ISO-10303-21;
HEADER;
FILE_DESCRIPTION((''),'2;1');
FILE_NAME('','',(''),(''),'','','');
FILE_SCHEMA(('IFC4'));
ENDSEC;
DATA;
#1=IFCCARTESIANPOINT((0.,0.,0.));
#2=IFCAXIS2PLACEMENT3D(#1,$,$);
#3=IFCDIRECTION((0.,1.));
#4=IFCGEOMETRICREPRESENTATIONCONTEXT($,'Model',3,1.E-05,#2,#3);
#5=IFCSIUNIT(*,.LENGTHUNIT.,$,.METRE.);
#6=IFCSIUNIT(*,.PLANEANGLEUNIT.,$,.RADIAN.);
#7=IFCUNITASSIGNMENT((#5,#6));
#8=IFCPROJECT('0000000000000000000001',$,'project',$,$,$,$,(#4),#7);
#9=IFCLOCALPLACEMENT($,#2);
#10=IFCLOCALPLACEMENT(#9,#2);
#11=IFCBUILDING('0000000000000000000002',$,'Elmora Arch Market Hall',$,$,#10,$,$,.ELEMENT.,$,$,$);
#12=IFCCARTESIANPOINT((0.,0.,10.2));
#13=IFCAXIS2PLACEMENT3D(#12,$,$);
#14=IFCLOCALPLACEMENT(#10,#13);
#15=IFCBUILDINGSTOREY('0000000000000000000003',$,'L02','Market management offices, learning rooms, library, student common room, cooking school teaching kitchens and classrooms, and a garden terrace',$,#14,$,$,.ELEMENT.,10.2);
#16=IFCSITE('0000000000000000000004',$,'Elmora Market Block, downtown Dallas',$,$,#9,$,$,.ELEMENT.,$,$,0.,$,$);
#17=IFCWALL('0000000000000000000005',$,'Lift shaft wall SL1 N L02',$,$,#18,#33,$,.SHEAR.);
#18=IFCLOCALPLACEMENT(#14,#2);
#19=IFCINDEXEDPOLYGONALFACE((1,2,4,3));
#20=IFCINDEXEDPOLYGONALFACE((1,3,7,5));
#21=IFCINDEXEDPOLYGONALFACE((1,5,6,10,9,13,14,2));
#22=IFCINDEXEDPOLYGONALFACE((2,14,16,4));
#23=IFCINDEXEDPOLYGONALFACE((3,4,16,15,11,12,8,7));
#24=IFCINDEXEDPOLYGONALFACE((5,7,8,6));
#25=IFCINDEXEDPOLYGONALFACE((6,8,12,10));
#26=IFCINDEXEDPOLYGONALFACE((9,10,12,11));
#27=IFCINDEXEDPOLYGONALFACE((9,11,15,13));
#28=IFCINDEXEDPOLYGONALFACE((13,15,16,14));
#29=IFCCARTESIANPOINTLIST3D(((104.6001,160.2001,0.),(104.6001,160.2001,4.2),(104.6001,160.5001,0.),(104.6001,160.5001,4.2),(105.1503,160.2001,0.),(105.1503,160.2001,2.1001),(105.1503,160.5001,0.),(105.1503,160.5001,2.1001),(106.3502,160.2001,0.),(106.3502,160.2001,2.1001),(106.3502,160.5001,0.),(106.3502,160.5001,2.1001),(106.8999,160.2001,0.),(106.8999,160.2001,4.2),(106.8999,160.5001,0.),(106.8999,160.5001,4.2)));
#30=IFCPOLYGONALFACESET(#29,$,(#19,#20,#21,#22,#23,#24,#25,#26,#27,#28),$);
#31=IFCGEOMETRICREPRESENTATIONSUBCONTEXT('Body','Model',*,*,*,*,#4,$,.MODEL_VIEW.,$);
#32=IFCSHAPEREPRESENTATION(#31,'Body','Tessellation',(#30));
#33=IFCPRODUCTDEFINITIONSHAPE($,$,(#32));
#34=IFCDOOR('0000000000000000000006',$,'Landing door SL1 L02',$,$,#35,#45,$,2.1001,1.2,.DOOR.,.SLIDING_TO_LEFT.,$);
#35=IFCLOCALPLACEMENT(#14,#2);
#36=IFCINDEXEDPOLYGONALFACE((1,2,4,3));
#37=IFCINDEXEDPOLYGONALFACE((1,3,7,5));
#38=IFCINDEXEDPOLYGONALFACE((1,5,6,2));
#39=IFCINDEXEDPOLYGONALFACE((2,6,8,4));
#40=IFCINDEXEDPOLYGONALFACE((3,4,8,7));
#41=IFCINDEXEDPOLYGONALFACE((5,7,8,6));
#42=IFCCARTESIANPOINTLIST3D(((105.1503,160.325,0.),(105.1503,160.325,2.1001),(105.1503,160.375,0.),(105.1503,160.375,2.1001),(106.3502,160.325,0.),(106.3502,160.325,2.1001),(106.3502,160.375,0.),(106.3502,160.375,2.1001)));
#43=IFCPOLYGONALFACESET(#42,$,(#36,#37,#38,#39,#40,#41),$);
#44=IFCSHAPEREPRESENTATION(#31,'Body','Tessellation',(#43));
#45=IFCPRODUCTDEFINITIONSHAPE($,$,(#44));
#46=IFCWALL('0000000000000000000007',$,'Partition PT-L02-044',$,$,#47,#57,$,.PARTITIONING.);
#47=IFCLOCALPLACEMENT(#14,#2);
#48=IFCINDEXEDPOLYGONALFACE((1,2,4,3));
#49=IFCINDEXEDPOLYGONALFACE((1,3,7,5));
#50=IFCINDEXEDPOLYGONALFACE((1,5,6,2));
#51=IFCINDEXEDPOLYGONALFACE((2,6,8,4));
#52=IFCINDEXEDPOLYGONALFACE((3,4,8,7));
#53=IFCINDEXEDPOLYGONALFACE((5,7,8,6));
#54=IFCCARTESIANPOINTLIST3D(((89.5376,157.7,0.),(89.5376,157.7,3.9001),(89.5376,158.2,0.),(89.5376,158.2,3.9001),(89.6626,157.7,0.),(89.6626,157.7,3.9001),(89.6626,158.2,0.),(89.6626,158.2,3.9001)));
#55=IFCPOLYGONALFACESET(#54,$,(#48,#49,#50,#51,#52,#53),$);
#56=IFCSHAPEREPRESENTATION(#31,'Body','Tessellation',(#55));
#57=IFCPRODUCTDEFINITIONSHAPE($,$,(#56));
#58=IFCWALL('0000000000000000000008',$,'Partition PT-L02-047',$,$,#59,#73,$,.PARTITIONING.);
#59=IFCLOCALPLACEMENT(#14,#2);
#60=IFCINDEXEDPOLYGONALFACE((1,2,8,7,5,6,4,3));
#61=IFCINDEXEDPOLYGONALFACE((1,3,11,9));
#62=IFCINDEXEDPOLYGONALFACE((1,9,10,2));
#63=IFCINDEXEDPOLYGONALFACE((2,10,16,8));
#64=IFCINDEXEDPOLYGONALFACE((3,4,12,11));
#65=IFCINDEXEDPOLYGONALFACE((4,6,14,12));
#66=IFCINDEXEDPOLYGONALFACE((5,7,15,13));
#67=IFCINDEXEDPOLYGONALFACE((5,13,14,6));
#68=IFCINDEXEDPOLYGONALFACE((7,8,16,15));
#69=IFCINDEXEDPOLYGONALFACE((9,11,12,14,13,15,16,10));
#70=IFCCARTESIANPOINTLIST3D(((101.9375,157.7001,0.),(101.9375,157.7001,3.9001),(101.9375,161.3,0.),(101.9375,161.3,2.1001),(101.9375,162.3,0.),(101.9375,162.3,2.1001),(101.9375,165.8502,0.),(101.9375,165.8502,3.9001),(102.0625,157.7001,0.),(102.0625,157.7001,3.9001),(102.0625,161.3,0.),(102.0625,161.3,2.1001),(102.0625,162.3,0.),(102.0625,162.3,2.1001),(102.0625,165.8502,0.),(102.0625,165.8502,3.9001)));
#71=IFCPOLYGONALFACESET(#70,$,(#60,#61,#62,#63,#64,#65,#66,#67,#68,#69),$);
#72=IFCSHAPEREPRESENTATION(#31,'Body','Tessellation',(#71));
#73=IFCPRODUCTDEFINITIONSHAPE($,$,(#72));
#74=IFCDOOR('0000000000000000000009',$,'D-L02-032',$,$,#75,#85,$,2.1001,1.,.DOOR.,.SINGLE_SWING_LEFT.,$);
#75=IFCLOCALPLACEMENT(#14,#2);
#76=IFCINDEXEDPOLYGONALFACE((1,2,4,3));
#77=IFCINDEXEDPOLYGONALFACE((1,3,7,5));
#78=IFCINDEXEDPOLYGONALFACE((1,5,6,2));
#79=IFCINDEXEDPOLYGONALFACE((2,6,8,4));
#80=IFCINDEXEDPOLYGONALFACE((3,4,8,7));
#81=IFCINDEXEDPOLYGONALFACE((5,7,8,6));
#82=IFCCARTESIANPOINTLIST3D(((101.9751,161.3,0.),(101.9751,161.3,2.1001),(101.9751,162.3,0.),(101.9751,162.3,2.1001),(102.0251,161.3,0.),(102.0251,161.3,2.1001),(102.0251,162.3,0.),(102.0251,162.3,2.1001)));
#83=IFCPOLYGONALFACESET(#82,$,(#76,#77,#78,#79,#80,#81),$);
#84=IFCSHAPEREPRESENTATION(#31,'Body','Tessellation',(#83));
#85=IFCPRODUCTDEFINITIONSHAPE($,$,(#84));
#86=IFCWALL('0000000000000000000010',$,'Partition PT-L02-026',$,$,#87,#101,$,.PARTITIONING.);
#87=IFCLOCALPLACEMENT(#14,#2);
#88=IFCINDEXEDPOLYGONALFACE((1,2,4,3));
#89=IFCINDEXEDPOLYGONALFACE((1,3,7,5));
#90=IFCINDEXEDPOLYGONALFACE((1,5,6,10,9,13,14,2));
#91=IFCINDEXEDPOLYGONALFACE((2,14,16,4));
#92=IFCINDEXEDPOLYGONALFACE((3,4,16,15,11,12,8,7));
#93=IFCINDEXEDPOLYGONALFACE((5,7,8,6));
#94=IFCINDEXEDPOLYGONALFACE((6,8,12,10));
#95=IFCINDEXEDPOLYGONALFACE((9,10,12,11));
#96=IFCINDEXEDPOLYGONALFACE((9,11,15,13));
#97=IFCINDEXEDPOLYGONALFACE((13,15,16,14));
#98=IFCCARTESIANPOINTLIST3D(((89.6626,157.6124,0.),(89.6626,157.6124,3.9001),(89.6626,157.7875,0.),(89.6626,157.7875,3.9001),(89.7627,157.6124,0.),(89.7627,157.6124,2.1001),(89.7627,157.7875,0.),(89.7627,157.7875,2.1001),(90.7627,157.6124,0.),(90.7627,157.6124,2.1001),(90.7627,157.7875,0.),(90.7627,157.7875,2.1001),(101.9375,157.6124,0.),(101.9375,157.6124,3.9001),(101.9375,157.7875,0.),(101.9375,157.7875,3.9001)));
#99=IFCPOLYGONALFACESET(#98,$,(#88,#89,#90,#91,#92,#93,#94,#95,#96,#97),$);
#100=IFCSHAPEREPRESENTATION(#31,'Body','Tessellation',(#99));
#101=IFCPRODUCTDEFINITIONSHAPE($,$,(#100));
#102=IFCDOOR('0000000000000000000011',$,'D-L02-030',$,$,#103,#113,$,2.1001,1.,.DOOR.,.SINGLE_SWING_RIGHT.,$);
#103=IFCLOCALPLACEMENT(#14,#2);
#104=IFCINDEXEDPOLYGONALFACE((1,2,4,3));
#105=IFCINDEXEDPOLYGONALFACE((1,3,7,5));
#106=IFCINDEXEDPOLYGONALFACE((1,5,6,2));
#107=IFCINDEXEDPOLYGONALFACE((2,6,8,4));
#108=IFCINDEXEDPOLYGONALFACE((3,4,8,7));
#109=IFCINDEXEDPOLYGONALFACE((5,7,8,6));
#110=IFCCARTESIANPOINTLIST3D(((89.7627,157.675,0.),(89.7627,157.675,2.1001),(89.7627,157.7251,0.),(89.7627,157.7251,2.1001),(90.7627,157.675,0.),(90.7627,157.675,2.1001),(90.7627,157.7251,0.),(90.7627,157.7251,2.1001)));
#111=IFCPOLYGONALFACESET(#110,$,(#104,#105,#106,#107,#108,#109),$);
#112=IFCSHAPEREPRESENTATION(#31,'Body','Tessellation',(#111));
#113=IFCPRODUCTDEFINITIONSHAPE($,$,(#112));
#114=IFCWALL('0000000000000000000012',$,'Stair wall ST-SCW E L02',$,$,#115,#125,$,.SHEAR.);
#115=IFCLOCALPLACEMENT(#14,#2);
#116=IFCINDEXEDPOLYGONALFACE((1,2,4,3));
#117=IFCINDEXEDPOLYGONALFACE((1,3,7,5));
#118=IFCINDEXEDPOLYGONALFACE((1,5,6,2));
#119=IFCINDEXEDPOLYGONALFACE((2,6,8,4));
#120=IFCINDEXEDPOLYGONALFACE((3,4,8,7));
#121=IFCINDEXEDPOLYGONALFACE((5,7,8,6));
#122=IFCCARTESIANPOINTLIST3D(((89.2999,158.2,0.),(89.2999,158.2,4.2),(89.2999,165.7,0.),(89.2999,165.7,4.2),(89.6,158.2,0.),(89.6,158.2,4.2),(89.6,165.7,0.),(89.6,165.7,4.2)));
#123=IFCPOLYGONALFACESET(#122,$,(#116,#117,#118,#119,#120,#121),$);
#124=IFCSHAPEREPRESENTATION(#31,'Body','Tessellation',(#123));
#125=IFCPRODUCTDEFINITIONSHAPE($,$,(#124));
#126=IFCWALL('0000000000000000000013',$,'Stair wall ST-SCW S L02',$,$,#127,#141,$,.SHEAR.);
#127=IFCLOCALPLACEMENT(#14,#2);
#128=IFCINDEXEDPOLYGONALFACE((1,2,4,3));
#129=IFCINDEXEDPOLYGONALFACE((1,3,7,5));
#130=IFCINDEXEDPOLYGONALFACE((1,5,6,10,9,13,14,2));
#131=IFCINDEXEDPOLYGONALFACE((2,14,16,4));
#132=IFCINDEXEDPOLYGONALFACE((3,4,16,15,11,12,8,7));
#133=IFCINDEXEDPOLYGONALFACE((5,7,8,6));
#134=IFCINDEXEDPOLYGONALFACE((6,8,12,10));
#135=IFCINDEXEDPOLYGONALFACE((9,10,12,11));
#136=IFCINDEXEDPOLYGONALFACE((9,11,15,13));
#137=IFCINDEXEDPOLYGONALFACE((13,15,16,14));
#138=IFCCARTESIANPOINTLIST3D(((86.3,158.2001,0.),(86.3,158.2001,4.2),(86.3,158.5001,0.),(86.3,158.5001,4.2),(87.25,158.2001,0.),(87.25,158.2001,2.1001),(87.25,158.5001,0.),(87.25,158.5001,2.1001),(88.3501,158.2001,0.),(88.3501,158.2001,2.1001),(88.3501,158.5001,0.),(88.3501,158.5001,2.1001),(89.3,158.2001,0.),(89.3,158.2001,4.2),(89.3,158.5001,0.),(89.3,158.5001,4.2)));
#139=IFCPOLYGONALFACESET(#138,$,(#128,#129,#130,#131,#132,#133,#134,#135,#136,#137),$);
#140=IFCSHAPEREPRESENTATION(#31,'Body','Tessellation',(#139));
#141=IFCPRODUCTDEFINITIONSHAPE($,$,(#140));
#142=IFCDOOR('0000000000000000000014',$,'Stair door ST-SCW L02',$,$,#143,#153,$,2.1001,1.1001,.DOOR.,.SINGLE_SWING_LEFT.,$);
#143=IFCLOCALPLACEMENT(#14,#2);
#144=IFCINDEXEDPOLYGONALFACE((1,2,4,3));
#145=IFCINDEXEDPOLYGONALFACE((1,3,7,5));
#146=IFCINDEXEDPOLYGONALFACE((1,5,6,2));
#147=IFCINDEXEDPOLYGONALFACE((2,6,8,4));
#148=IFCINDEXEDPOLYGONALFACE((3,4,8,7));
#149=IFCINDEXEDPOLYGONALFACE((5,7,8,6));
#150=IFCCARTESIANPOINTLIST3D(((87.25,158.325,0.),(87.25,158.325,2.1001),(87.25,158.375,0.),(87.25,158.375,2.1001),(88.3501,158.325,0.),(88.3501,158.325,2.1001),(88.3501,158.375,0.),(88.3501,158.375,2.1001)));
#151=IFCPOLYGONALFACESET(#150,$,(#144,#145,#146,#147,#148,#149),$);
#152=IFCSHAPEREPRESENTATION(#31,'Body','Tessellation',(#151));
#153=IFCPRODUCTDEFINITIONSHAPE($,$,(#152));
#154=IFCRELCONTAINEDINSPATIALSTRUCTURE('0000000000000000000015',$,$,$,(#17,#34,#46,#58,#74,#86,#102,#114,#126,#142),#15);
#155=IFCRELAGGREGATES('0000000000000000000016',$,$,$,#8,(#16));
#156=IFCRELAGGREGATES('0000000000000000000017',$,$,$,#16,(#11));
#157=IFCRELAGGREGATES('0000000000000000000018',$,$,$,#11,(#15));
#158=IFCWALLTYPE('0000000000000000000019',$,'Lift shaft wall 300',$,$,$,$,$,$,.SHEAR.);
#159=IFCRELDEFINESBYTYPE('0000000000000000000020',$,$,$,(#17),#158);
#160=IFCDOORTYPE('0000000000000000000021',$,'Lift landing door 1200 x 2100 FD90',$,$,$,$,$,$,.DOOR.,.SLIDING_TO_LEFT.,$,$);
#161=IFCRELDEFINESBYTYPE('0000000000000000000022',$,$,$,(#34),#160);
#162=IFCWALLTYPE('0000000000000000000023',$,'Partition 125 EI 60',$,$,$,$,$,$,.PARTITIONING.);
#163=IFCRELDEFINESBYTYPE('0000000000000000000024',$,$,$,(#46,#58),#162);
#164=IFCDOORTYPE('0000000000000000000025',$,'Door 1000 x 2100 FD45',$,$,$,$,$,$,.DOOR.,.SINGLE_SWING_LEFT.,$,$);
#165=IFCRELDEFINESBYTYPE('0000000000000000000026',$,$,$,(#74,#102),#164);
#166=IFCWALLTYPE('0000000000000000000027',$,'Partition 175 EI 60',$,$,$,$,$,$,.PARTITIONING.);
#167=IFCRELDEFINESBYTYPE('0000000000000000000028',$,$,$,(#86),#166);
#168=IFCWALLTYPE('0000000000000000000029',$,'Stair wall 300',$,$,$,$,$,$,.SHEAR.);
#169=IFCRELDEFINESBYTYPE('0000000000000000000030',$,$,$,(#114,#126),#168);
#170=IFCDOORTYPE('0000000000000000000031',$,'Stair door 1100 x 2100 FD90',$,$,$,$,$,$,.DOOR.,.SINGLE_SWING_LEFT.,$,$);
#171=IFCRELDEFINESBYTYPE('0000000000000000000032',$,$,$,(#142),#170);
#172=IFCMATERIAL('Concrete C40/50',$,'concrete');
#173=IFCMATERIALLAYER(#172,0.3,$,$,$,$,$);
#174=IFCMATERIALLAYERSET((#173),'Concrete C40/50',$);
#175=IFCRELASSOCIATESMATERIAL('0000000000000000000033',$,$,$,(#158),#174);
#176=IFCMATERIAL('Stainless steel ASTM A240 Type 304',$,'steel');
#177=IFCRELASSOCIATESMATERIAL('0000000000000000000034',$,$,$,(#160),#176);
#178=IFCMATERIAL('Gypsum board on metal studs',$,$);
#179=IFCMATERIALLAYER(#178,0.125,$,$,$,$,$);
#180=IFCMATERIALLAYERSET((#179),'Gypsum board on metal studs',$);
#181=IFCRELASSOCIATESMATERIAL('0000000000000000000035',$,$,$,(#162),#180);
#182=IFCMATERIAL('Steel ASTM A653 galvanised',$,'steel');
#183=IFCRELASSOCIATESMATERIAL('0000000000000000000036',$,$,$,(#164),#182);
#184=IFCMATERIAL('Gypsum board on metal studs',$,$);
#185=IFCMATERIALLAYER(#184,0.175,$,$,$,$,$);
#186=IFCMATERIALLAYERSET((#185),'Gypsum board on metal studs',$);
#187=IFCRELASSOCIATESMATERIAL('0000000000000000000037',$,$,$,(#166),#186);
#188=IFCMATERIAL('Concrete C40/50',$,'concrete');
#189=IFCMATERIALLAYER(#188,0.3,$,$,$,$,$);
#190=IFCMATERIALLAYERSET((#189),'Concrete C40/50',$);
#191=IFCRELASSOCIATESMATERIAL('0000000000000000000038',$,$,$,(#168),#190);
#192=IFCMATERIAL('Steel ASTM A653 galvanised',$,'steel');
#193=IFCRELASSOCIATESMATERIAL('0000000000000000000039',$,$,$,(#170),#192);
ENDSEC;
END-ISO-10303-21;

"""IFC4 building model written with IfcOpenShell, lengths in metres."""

from ifc_helpers import new_model, si_unit, direction, frame, frame_2d, origin, place, context, subcontext, project, spatial, rectangle, extrude, material, layer, layer_set, type_object, element, fill, save


model = new_model("IFC4")

# Units and contexts
model_context = context("Model", 3, precision=1e-05, world=origin(), true_north=direction((0.0, 1.0)))
body_context = subcontext(model_context, "Body", "Model", "MODEL_VIEW")
ifc_project = project(units=[si_unit("LENGTHUNIT", "METRE"), si_unit("PLANEANGLEUNIT", "RADIAN")], contexts=[model_context])

# Site, building, storey
site_placement = place(None, origin())
site = spatial("IfcSite", under=ifc_project, at=site_placement, Name="Elmora Market Block, downtown Dallas", CompositionType="ELEMENT", RefElevation=0.0)
building_placement = place(site_placement, origin())
building = spatial("IfcBuilding", under=site, at=building_placement, Name="Elmora Arch Market Hall", CompositionType="ELEMENT")
storey_placement = place(building_placement, frame((0.0, 0.0, 10.2)))
storey = spatial("IfcBuildingStorey", under=building, at=storey_placement, Name="L02", Description="Market management offices, learning rooms, library, student common room, cooking school teaching kitchens and classrooms, and a garden terrace", CompositionType="ELEMENT", Elevation=10.2)

# Shared definitions
ifc_material_1 = material(Name="Concrete C40/50", Category="concrete")
ifc_layer_1 = layer(ifc_material_1, 0.3)
ifc_layer_set_1 = layer_set([ifc_layer_1], Name="Concrete C40/50")
wall_type_1 = type_object("IfcWallType", Name="Lift shaft wall 300", PredefinedType="SHEAR", material=ifc_layer_set_1)

# Wall, opening, door
wall_1_placement = place(storey_placement, frame((104.6001, 160.3501, 0.0), z_axis=(0.0, 0.0, 1.0), x_axis=(1.0, 0.0, 0.0)))
wall_1 = element("IfcWall", 1, at=wall_1_placement, inside=storey, type_object=wall_type_1, Name="Lift shaft wall SL1 N L02", PredefinedType="SHEAR", context=body_context, shape_type="SweptSolid", body=[
    extrude(rectangle(XDim=2.2998, YDim=0.3, at=frame_2d((1.1499, 0.0))), origin(), (0.0, 0.0, 1.0), 4.2),
])
opening_1_placement = place(wall_1_placement, frame((0.55, 0.0, 0.0)))
opening_1 = element("IfcOpeningElement", 2, at=opening_1_placement, cuts=wall_1, PredefinedType="OPENING", context=body_context, shape_type="SweptSolid", body=[
    extrude(rectangle(XDim=1.2, YDim=2.1001, at=frame_2d((0.6001, 1.05))), frame((0.0, 0.1599, 0.0), z_axis=(0.0, -1.0, 0.0), x_axis=(1.0, 0.0, 0.0)), (0.0, 0.0, 1.0), 0.3201),
])
ifc_material_2 = material(Name="Stainless steel ASTM A240 Type 304", Category="steel")
door_type_1 = type_object("IfcDoorType", Name="Lift landing door 1200 x 2100 FD90", OperationType="SLIDING_TO_LEFT", PredefinedType="DOOR", material=ifc_material_2)
door_1_placement = place(opening_1_placement, origin())
door_1 = element("IfcDoor", 3, at=door_1_placement, inside=storey, type_object=door_type_1, Name="Landing door SL1 L02", OperationType="SLIDING_TO_LEFT", OverallHeight=2.1001, OverallWidth=1.2, PredefinedType="DOOR", context=body_context, shape_type="SweptSolid", body=[
    extrude(rectangle(XDim=1.2, YDim=2.1001, at=frame_2d((0.6001, 1.05))), frame((0.0, 0.0249, 0.0), z_axis=(0.0, -1.0, 0.0), x_axis=(1.0, 0.0, 0.0)), (0.0, 0.0, 1.0), 0.05),
])
fill(opening_1, door_1)

# Wall
ifc_material_3 = material(Name="Gypsum board on metal studs")
ifc_layer_2 = layer(ifc_material_3, 0.125)
ifc_layer_set_2 = layer_set([ifc_layer_2], Name="Gypsum board on metal studs")
wall_type_2 = type_object("IfcWallType", Name="Partition 125 EI 60", PredefinedType="PARTITIONING", material=ifc_layer_set_2)
wall_2_placement = place(storey_placement, frame((89.6001, 157.7, 0.0), z_axis=(0.0, 0.0, 1.0), x_axis=(0.0, 1.0, 0.0)))
element("IfcWall", 4, at=wall_2_placement, inside=storey, type_object=wall_type_2, Name="Partition PT-L02-044", PredefinedType="PARTITIONING", context=body_context, shape_type="SweptSolid", body=[
    extrude(rectangle(XDim=0.5, YDim=0.125, at=frame_2d((0.25, 0.0))), origin(), (0.0, 0.0, 1.0), 3.9001),
])

# Walls, openings, doors
wall_3_placement = place(storey_placement, frame((102.0, 157.7, 0.0), z_axis=(0.0, 0.0, 1.0), x_axis=(0.0, 1.0, 0.0)))
wall_3 = element("IfcWall", 5, at=wall_3_placement, inside=storey, type_object=wall_type_2, Name="Partition PT-L02-047", PredefinedType="PARTITIONING", context=body_context, shape_type="SweptSolid", body=[
    extrude(rectangle(XDim=8.1501, YDim=0.125, at=frame_2d((4.0752, 0.0))), origin(), (0.0, 0.0, 1.0), 3.9001),
])
opening_2_placement = place(wall_3_placement, frame((3.6001, 0.0, 0.0)))
opening_2 = element("IfcOpeningElement", 6, at=opening_2_placement, cuts=wall_3, PredefinedType="OPENING", context=body_context, shape_type="SweptSolid", body=[
    extrude(rectangle(XDim=1.0, YDim=2.1001, at=frame_2d((0.5, 1.05))), frame((0.0, 0.0725, 0.0), z_axis=(0.0, -1.0, 0.0), x_axis=(1.0, 0.0, 0.0)), (0.0, 0.0, 1.0), 0.145),
])
ifc_material_4 = material(Name="Steel ASTM A653 galvanised", Category="steel")
door_type_2 = type_object("IfcDoorType", Name="Door 1000 x 2100 FD45", OperationType="SINGLE_SWING_LEFT", PredefinedType="DOOR", material=ifc_material_4)
door_2_placement = place(opening_2_placement, origin())
door_2 = element("IfcDoor", 7, at=door_2_placement, inside=storey, type_object=door_type_2, Name="D-L02-032", OperationType="SINGLE_SWING_LEFT", OverallHeight=2.1001, OverallWidth=1.0, PredefinedType="DOOR", context=body_context, shape_type="SweptSolid", body=[
    extrude(rectangle(XDim=1.0, YDim=2.1001, at=frame_2d((0.5, 1.05))), frame((0.0, 0.0249, 0.0), z_axis=(0.0, -1.0, 0.0), x_axis=(1.0, 0.0, 0.0)), (0.0, 0.0, 1.0), 0.05),
])
fill(opening_2, door_2)
ifc_material_5 = material(Name="Gypsum board on metal studs")
ifc_layer_3 = layer(ifc_material_5, 0.175)
ifc_layer_set_3 = layer_set([ifc_layer_3], Name="Gypsum board on metal studs")
wall_type_3 = type_object("IfcWallType", Name="Partition 175 EI 60", PredefinedType="PARTITIONING", material=ifc_layer_set_3)
wall_4_placement = place(storey_placement, frame((89.6626, 157.7, 0.0), z_axis=(0.0, 0.0, 1.0), x_axis=(1.0, 0.0, 0.0)))
wall_4 = element("IfcWall", 8, at=wall_4_placement, inside=storey, type_object=wall_type_3, Name="Partition PT-L02-026", PredefinedType="PARTITIONING", context=body_context, shape_type="SweptSolid", body=[
    extrude(rectangle(XDim=12.2749, YDim=0.175, at=frame_2d((6.1375, 0.0))), origin(), (0.0, 0.0, 1.0), 3.9001),
])
opening_3_placement = place(wall_4_placement, frame((0.1001, 0.0, 0.0)))
opening_3 = element("IfcOpeningElement", 9, at=opening_3_placement, cuts=wall_4, PredefinedType="OPENING", context=body_context, shape_type="SweptSolid", body=[
    extrude(rectangle(XDim=1.0, YDim=2.1001, at=frame_2d((0.5, 1.05))), frame((0.0, 0.0974, 0.0), z_axis=(0.0, -1.0, 0.0), x_axis=(1.0, 0.0, 0.0)), (0.0, 0.0, 1.0), 0.1951),
])
door_3_placement = place(opening_3_placement, frame((1.0, 0.0, 0.0), z_axis=(0.0, 0.0, 1.0), x_axis=(-1.0, 0.0, 0.0)))
door_3 = element("IfcDoor", 10, at=door_3_placement, inside=storey, type_object=door_type_2, Name="D-L02-030", OperationType="SINGLE_SWING_RIGHT", OverallHeight=2.1001, OverallWidth=1.0, PredefinedType="DOOR", context=body_context, shape_type="SweptSolid", body=[
    extrude(rectangle(XDim=1.0, YDim=2.1001, at=frame_2d((0.5, 1.05))), frame((0.0, 0.0249, 0.0), z_axis=(0.0, -1.0, 0.0), x_axis=(1.0, 0.0, 0.0)), (0.0, 0.0, 1.0), 0.05),
])
fill(opening_3, door_3)

# Wall
ifc_material_6 = material(Name="Concrete C40/50", Category="concrete")
ifc_layer_4 = layer(ifc_material_6, 0.3)
ifc_layer_set_4 = layer_set([ifc_layer_4], Name="Concrete C40/50")
wall_type_4 = type_object("IfcWallType", Name="Stair wall 300", PredefinedType="SHEAR", material=ifc_layer_set_4)
wall_5_placement = place(storey_placement, frame((89.45, 158.2, 0.0), z_axis=(0.0, 0.0, 1.0), x_axis=(0.0, 1.0, 0.0)))
element("IfcWall", 11, at=wall_5_placement, inside=storey, type_object=wall_type_4, Name="Stair wall ST-SCW E L02", PredefinedType="SHEAR", context=body_context, shape_type="SweptSolid", body=[
    extrude(rectangle(XDim=7.5, YDim=0.3, at=frame_2d((3.75, 0.0))), origin(), (0.0, 0.0, 1.0), 4.2),
])

# Wall, opening, door
wall_6_placement = place(storey_placement, frame((86.3, 158.3501, 0.0), z_axis=(0.0, 0.0, 1.0), x_axis=(1.0, 0.0, 0.0)))
wall_6 = element("IfcWall", 12, at=wall_6_placement, inside=storey, type_object=wall_type_4, Name="Stair wall ST-SCW S L02", PredefinedType="SHEAR", context=body_context, shape_type="SweptSolid", body=[
    extrude(rectangle(XDim=3.0, YDim=0.3, at=frame_2d((1.5, 0.0))), origin(), (0.0, 0.0, 1.0), 4.2),
])
opening_4_placement = place(wall_6_placement, frame((0.95, 0.0, 0.0)))
opening_4 = element("IfcOpeningElement", 13, at=opening_4_placement, cuts=wall_6, PredefinedType="OPENING", context=body_context, shape_type="SweptSolid", body=[
    extrude(rectangle(XDim=1.1001, YDim=2.1001, at=frame_2d((0.55, 1.05))), frame((0.0, 0.1599, 0.0), z_axis=(0.0, -1.0, 0.0), x_axis=(1.0, 0.0, 0.0)), (0.0, 0.0, 1.0), 0.3201),
])
ifc_material_7 = material(Name="Steel ASTM A653 galvanised", Category="steel")
door_type_3 = type_object("IfcDoorType", Name="Stair door 1100 x 2100 FD90", OperationType="SINGLE_SWING_LEFT", PredefinedType="DOOR", material=ifc_material_7)
door_4_placement = place(opening_4_placement, origin())
door_4 = element("IfcDoor", 14, at=door_4_placement, inside=storey, type_object=door_type_3, Name="Stair door ST-SCW L02", OperationType="SINGLE_SWING_LEFT", OverallHeight=2.1001, OverallWidth=1.1001, PredefinedType="DOOR", context=body_context, shape_type="SweptSolid", body=[
    extrude(rectangle(XDim=1.1001, YDim=2.1001, at=frame_2d((0.55, 1.05))), frame((0.0, 0.0249, 0.0), z_axis=(0.0, -1.0, 0.0), x_axis=(1.0, 0.0, 0.0)), (0.0, 0.0, 1.0), 0.05),
])
fill(opening_4, door_4)

save(model, "model.ifc")
